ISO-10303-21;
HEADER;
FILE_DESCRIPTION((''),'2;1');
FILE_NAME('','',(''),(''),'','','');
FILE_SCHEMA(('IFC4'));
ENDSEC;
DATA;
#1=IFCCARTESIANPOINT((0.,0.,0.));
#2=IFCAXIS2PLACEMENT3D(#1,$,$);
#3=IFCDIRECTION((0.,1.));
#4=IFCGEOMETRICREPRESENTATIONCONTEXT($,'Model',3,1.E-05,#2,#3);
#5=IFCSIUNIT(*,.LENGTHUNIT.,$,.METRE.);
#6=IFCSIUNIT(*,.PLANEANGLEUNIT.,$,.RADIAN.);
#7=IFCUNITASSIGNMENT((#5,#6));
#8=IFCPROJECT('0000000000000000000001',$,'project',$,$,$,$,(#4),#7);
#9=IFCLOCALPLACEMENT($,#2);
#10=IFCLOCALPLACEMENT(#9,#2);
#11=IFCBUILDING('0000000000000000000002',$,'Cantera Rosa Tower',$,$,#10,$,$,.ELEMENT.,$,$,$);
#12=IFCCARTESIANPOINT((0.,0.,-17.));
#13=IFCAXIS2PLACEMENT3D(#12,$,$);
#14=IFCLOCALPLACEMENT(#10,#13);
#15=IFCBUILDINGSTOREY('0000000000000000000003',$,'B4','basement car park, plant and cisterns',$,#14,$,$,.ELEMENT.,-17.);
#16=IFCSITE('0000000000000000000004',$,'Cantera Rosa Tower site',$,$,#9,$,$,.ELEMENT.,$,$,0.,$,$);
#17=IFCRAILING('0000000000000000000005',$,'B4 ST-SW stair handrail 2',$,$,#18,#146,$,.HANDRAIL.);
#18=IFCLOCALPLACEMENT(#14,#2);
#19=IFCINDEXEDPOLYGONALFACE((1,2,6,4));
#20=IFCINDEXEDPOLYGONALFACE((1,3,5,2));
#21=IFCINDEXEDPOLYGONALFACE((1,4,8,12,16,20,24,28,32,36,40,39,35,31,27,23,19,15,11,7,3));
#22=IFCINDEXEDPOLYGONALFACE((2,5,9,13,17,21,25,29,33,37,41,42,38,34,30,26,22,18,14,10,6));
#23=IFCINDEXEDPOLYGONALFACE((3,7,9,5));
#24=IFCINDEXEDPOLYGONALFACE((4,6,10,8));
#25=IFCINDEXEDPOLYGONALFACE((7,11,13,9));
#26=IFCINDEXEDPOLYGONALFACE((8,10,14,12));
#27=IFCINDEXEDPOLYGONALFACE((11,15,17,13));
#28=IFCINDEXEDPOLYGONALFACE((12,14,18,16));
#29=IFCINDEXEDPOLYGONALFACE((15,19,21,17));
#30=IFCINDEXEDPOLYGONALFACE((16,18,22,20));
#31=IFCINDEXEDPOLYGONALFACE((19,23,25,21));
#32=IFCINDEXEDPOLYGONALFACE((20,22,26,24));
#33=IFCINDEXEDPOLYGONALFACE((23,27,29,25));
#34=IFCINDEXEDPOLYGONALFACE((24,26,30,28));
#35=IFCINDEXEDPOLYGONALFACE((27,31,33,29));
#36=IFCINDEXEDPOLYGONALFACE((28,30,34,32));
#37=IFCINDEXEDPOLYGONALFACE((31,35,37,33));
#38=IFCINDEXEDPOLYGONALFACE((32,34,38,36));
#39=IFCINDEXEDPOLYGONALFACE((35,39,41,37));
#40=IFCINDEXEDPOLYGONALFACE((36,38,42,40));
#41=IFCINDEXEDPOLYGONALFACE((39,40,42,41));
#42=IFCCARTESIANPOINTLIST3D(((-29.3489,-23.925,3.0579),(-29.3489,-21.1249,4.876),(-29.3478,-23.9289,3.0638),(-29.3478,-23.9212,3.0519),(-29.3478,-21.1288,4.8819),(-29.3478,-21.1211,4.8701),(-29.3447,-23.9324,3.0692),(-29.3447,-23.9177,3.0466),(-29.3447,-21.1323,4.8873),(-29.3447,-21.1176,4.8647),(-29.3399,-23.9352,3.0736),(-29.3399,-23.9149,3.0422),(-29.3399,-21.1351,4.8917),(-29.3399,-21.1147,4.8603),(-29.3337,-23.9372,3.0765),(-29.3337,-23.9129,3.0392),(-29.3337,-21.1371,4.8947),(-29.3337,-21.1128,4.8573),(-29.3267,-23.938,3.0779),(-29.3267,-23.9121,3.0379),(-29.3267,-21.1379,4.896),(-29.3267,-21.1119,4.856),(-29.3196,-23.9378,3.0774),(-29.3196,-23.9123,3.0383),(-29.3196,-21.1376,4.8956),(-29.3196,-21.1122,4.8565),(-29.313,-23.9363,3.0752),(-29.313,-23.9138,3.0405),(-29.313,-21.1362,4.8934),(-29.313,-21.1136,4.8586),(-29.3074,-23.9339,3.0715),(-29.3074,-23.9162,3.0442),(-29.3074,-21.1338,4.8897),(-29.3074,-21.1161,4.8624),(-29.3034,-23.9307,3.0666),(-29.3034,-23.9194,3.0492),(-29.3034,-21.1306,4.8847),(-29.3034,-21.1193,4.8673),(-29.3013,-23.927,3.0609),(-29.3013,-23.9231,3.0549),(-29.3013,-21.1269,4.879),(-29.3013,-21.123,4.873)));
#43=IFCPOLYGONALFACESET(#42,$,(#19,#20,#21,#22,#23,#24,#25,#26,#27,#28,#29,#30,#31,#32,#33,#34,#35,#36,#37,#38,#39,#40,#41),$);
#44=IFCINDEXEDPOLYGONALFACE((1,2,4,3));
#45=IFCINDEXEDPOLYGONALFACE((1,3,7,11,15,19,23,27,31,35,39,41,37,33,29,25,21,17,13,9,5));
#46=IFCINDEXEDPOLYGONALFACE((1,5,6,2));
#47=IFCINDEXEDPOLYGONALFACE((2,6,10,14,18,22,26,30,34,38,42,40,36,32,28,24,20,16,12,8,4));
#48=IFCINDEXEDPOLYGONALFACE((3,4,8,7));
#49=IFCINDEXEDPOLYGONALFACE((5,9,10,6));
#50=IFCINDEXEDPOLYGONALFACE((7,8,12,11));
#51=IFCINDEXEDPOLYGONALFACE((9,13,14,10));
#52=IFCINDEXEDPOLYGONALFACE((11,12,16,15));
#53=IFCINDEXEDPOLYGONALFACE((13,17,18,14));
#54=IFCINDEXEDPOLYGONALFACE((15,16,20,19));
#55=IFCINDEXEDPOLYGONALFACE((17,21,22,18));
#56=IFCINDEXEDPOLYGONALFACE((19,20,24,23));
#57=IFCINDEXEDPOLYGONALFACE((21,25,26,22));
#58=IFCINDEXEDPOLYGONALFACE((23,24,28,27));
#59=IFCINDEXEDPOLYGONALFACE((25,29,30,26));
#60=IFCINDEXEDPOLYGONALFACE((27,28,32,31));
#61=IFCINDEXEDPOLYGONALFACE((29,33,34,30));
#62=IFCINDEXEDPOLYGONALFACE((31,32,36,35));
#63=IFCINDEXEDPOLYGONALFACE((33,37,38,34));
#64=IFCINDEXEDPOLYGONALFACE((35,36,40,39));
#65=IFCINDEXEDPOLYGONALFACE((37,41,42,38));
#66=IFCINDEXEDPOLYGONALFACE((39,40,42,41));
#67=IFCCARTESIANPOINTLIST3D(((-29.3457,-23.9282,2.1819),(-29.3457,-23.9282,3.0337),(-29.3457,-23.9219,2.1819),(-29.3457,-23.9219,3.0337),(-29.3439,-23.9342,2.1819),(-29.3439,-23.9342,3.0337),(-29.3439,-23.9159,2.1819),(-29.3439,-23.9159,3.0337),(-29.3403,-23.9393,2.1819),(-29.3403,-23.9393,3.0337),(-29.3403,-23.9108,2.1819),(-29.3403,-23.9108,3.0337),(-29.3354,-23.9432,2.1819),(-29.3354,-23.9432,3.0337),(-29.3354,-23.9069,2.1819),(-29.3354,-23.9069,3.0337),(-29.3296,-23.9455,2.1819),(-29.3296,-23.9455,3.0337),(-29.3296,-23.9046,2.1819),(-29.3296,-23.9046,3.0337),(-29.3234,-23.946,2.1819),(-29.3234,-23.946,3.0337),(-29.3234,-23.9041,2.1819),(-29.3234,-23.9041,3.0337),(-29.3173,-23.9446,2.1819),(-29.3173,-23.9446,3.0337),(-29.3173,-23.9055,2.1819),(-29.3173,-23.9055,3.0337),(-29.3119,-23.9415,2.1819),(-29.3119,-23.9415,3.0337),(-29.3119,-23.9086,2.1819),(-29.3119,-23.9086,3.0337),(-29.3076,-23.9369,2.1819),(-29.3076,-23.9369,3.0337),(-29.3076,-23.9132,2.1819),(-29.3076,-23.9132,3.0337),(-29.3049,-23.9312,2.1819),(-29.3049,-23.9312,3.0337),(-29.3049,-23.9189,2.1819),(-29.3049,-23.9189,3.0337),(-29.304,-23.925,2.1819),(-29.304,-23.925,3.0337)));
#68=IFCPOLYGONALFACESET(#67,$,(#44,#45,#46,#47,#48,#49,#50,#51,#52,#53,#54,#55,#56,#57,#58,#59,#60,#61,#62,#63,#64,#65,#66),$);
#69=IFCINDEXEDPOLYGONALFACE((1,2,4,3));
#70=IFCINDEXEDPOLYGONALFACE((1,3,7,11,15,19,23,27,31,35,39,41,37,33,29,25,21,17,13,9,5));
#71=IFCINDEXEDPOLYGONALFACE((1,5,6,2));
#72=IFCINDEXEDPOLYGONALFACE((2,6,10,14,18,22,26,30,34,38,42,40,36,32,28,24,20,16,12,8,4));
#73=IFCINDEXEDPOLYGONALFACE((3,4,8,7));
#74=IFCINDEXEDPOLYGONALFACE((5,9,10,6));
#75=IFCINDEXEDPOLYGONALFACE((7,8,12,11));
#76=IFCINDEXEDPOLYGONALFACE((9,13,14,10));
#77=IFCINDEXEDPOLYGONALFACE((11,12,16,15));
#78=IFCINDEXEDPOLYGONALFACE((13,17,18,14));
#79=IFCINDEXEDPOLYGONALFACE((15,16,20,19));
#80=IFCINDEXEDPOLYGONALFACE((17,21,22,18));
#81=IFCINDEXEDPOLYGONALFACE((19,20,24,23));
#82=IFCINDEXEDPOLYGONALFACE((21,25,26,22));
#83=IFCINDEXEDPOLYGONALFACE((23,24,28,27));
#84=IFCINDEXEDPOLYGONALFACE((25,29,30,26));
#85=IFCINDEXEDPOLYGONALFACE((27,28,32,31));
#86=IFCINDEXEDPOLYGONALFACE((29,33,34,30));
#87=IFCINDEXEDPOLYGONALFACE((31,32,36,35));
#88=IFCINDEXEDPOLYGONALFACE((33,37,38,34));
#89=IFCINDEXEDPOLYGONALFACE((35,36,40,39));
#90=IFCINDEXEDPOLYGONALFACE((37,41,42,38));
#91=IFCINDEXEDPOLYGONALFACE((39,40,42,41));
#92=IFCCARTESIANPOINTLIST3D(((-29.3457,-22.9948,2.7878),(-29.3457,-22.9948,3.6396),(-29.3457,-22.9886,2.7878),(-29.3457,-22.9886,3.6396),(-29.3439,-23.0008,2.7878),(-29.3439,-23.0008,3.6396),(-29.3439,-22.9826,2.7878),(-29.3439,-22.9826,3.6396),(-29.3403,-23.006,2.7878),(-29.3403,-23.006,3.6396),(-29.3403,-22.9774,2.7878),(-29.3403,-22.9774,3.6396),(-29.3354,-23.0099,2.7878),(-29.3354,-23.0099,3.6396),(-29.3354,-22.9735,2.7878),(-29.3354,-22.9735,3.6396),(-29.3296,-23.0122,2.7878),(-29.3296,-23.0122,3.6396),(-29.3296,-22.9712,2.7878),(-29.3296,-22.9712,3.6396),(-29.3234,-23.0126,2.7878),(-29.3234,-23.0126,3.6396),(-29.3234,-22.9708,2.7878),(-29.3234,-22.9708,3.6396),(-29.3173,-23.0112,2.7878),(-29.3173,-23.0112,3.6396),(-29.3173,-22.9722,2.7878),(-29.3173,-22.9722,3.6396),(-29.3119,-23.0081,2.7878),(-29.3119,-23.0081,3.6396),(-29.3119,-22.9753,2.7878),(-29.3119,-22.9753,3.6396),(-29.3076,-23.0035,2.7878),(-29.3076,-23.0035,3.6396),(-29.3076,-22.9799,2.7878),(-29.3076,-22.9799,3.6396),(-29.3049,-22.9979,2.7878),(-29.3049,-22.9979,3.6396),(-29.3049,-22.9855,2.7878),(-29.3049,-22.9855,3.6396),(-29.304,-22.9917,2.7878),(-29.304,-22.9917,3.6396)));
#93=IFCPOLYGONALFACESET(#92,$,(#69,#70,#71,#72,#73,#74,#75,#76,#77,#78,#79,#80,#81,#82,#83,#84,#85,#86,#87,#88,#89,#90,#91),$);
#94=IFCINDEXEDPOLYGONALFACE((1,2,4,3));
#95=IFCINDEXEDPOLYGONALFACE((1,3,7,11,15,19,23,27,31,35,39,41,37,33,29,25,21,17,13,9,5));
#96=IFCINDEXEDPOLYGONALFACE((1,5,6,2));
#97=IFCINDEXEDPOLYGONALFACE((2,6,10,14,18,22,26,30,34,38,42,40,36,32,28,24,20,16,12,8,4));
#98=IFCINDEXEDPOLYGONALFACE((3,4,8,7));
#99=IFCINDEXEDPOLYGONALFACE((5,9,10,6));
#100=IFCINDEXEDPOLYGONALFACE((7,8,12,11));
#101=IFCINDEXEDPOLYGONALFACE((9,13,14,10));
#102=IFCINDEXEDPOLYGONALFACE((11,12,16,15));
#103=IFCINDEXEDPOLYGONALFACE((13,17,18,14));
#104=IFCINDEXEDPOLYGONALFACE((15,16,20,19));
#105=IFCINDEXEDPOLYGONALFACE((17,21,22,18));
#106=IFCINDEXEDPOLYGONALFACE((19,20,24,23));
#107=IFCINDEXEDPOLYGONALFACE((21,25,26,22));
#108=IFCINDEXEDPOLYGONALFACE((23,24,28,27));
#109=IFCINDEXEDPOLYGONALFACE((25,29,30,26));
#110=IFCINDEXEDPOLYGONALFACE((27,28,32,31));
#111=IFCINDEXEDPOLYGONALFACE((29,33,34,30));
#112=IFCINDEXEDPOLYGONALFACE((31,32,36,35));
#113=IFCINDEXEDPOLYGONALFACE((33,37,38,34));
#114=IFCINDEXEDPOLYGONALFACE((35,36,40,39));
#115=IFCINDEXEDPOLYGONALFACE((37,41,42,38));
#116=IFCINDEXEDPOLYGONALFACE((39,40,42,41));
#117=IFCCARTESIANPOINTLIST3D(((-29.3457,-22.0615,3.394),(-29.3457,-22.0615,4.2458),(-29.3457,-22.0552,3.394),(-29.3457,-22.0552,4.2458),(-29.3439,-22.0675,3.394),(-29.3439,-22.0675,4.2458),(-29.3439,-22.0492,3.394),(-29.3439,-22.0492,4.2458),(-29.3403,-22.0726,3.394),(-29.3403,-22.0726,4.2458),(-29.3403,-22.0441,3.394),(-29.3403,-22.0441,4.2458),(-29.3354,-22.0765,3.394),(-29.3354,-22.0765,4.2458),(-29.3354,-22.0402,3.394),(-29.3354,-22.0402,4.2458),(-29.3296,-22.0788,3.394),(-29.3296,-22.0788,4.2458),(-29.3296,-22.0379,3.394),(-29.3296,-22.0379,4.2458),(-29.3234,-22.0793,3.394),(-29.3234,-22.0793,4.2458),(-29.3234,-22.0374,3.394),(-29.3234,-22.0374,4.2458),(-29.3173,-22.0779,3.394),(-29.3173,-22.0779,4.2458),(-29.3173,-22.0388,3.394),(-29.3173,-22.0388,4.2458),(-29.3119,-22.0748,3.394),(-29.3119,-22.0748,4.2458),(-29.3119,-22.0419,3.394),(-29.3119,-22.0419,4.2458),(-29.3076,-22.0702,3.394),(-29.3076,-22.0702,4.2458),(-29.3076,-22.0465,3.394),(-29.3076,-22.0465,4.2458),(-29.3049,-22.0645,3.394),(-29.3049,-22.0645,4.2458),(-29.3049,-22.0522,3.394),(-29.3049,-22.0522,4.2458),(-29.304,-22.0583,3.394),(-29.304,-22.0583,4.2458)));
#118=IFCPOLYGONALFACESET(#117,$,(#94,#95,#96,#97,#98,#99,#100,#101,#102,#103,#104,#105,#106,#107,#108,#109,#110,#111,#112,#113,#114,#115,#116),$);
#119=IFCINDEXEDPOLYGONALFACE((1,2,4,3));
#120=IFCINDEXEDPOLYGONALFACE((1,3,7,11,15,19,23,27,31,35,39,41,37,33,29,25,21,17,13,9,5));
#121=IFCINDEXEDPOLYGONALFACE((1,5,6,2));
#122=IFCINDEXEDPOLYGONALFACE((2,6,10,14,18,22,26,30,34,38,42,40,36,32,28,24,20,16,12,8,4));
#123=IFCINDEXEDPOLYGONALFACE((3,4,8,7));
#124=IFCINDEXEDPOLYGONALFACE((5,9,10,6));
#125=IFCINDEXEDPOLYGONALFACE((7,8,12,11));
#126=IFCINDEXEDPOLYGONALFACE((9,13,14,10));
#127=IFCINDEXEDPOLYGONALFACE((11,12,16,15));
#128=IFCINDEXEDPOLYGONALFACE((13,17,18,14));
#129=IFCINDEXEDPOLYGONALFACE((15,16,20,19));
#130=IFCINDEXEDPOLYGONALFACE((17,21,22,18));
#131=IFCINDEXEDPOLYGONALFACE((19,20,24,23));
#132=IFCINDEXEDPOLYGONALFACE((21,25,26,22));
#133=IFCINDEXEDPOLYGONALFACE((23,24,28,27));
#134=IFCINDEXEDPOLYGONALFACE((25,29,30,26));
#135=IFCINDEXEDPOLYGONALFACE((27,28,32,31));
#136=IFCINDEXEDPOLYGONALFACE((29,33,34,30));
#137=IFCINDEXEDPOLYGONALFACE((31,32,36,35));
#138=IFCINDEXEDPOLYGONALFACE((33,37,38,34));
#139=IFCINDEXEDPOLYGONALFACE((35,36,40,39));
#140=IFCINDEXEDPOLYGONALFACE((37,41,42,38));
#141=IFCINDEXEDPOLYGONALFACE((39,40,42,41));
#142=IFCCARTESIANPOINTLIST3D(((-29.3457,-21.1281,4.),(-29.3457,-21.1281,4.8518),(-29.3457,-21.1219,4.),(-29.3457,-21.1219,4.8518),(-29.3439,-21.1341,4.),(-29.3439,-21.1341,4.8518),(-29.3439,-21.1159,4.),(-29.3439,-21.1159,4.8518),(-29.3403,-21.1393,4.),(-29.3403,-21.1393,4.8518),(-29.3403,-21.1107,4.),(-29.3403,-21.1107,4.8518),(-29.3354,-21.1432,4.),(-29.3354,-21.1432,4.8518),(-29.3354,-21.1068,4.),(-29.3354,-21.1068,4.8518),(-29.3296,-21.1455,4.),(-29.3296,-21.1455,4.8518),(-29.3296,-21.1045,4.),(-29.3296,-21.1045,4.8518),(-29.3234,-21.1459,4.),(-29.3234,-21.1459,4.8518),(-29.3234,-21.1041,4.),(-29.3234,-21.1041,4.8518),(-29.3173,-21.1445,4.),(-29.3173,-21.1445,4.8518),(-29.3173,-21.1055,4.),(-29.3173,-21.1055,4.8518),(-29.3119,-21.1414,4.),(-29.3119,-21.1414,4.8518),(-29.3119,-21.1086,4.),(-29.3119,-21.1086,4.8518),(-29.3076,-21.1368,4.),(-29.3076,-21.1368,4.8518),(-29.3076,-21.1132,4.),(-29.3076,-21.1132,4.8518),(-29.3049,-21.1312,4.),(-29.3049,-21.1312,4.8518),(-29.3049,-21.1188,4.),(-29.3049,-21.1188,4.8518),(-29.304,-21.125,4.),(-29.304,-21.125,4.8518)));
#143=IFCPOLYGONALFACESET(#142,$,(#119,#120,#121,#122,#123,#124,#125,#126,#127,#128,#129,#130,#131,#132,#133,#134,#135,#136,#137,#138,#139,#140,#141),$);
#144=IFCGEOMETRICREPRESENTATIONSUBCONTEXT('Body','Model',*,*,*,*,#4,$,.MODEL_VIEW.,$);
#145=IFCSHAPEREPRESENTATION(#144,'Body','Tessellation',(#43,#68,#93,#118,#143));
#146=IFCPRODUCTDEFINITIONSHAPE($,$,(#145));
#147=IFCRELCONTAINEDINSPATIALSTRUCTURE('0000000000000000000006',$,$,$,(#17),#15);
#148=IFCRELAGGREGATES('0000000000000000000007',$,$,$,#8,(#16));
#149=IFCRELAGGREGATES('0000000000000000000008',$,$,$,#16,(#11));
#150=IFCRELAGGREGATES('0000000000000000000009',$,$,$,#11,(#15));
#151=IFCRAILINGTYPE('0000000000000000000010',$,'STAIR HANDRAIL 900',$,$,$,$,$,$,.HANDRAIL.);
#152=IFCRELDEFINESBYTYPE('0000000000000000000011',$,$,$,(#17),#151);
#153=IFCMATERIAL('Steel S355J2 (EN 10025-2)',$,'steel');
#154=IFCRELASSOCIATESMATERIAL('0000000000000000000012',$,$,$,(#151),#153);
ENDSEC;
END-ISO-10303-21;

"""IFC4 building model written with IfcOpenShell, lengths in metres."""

from ifc_helpers import new_model, si_unit, direction, frame, origin, origin_2d, place, context, subcontext, project, spatial, circle, extrude, material, type_object, element, save


model = new_model("IFC4")

# Units and contexts
model_context = context("Model", 3, precision=1e-05, world=origin(), true_north=direction((0.0, 1.0)))
body_context = subcontext(model_context, "Body", "Model", "MODEL_VIEW")
ifc_project = project(units=[si_unit("LENGTHUNIT", "METRE"), si_unit("PLANEANGLEUNIT", "RADIAN")], contexts=[model_context])

# Site, building, storey
site_placement = place(None, origin())
site = spatial("IfcSite", under=ifc_project, at=site_placement, Name="Cantera Rosa Tower site", CompositionType="ELEMENT", RefElevation=0.0)
building_placement = place(site_placement, origin())
building = spatial("IfcBuilding", under=site, at=building_placement, Name="Cantera Rosa Tower", CompositionType="ELEMENT")
storey_placement = place(building_placement, frame((0.0, 0.0, -17.0)))
storey = spatial("IfcBuildingStorey", under=building, at=storey_placement, Name="B4", Description="basement car park, plant and cisterns", CompositionType="ELEMENT", Elevation=-17.0)

# Railing
ifc_material_1 = material(Name="Steel S355J2 (EN 10025-2)", Category="steel")
railing_type_1 = type_object("IfcRailingType", Name="STAIR HANDRAIL 900", PredefinedType="HANDRAIL", material=ifc_material_1)
railing_1_placement = place(storey_placement, frame((-29.325, -23.925, 2.1819)))
element("IfcRailing", 1, at=railing_1_placement, inside=storey, type_object=railing_type_1, Name="B4 ST-SW stair handrail 2", PredefinedType="HANDRAIL", context=body_context, shape_type="SweptSolid", body=[
    extrude(circle(Radius=0.0239, at=origin_2d()), frame((0.0, 0.0, 0.876), z_axis=(0.0, 0.838706, 0.544585), x_axis=(-1.0, 0.0, 0.0)), (0.0, 0.0, 1.0), 3.3386),
    extrude(circle(Radius=0.021, at=origin_2d()), origin(), (0.0, 0.0, 1.0), 0.8518),
    extrude(circle(Radius=0.021, at=origin_2d()), frame((0.0, 0.9333, 0.606)), (0.0, 0.0, 1.0), 0.8518),
    extrude(circle(Radius=0.021, at=origin_2d()), frame((0.0, 1.8667, 1.2122)), (0.0, 0.0, 1.0), 0.8518),
    extrude(circle(Radius=0.021, at=origin_2d()), frame((0.0, 2.8, 1.8181)), (0.0, 0.0, 1.0), 0.8518),
])

save(model, "model.ifc")
